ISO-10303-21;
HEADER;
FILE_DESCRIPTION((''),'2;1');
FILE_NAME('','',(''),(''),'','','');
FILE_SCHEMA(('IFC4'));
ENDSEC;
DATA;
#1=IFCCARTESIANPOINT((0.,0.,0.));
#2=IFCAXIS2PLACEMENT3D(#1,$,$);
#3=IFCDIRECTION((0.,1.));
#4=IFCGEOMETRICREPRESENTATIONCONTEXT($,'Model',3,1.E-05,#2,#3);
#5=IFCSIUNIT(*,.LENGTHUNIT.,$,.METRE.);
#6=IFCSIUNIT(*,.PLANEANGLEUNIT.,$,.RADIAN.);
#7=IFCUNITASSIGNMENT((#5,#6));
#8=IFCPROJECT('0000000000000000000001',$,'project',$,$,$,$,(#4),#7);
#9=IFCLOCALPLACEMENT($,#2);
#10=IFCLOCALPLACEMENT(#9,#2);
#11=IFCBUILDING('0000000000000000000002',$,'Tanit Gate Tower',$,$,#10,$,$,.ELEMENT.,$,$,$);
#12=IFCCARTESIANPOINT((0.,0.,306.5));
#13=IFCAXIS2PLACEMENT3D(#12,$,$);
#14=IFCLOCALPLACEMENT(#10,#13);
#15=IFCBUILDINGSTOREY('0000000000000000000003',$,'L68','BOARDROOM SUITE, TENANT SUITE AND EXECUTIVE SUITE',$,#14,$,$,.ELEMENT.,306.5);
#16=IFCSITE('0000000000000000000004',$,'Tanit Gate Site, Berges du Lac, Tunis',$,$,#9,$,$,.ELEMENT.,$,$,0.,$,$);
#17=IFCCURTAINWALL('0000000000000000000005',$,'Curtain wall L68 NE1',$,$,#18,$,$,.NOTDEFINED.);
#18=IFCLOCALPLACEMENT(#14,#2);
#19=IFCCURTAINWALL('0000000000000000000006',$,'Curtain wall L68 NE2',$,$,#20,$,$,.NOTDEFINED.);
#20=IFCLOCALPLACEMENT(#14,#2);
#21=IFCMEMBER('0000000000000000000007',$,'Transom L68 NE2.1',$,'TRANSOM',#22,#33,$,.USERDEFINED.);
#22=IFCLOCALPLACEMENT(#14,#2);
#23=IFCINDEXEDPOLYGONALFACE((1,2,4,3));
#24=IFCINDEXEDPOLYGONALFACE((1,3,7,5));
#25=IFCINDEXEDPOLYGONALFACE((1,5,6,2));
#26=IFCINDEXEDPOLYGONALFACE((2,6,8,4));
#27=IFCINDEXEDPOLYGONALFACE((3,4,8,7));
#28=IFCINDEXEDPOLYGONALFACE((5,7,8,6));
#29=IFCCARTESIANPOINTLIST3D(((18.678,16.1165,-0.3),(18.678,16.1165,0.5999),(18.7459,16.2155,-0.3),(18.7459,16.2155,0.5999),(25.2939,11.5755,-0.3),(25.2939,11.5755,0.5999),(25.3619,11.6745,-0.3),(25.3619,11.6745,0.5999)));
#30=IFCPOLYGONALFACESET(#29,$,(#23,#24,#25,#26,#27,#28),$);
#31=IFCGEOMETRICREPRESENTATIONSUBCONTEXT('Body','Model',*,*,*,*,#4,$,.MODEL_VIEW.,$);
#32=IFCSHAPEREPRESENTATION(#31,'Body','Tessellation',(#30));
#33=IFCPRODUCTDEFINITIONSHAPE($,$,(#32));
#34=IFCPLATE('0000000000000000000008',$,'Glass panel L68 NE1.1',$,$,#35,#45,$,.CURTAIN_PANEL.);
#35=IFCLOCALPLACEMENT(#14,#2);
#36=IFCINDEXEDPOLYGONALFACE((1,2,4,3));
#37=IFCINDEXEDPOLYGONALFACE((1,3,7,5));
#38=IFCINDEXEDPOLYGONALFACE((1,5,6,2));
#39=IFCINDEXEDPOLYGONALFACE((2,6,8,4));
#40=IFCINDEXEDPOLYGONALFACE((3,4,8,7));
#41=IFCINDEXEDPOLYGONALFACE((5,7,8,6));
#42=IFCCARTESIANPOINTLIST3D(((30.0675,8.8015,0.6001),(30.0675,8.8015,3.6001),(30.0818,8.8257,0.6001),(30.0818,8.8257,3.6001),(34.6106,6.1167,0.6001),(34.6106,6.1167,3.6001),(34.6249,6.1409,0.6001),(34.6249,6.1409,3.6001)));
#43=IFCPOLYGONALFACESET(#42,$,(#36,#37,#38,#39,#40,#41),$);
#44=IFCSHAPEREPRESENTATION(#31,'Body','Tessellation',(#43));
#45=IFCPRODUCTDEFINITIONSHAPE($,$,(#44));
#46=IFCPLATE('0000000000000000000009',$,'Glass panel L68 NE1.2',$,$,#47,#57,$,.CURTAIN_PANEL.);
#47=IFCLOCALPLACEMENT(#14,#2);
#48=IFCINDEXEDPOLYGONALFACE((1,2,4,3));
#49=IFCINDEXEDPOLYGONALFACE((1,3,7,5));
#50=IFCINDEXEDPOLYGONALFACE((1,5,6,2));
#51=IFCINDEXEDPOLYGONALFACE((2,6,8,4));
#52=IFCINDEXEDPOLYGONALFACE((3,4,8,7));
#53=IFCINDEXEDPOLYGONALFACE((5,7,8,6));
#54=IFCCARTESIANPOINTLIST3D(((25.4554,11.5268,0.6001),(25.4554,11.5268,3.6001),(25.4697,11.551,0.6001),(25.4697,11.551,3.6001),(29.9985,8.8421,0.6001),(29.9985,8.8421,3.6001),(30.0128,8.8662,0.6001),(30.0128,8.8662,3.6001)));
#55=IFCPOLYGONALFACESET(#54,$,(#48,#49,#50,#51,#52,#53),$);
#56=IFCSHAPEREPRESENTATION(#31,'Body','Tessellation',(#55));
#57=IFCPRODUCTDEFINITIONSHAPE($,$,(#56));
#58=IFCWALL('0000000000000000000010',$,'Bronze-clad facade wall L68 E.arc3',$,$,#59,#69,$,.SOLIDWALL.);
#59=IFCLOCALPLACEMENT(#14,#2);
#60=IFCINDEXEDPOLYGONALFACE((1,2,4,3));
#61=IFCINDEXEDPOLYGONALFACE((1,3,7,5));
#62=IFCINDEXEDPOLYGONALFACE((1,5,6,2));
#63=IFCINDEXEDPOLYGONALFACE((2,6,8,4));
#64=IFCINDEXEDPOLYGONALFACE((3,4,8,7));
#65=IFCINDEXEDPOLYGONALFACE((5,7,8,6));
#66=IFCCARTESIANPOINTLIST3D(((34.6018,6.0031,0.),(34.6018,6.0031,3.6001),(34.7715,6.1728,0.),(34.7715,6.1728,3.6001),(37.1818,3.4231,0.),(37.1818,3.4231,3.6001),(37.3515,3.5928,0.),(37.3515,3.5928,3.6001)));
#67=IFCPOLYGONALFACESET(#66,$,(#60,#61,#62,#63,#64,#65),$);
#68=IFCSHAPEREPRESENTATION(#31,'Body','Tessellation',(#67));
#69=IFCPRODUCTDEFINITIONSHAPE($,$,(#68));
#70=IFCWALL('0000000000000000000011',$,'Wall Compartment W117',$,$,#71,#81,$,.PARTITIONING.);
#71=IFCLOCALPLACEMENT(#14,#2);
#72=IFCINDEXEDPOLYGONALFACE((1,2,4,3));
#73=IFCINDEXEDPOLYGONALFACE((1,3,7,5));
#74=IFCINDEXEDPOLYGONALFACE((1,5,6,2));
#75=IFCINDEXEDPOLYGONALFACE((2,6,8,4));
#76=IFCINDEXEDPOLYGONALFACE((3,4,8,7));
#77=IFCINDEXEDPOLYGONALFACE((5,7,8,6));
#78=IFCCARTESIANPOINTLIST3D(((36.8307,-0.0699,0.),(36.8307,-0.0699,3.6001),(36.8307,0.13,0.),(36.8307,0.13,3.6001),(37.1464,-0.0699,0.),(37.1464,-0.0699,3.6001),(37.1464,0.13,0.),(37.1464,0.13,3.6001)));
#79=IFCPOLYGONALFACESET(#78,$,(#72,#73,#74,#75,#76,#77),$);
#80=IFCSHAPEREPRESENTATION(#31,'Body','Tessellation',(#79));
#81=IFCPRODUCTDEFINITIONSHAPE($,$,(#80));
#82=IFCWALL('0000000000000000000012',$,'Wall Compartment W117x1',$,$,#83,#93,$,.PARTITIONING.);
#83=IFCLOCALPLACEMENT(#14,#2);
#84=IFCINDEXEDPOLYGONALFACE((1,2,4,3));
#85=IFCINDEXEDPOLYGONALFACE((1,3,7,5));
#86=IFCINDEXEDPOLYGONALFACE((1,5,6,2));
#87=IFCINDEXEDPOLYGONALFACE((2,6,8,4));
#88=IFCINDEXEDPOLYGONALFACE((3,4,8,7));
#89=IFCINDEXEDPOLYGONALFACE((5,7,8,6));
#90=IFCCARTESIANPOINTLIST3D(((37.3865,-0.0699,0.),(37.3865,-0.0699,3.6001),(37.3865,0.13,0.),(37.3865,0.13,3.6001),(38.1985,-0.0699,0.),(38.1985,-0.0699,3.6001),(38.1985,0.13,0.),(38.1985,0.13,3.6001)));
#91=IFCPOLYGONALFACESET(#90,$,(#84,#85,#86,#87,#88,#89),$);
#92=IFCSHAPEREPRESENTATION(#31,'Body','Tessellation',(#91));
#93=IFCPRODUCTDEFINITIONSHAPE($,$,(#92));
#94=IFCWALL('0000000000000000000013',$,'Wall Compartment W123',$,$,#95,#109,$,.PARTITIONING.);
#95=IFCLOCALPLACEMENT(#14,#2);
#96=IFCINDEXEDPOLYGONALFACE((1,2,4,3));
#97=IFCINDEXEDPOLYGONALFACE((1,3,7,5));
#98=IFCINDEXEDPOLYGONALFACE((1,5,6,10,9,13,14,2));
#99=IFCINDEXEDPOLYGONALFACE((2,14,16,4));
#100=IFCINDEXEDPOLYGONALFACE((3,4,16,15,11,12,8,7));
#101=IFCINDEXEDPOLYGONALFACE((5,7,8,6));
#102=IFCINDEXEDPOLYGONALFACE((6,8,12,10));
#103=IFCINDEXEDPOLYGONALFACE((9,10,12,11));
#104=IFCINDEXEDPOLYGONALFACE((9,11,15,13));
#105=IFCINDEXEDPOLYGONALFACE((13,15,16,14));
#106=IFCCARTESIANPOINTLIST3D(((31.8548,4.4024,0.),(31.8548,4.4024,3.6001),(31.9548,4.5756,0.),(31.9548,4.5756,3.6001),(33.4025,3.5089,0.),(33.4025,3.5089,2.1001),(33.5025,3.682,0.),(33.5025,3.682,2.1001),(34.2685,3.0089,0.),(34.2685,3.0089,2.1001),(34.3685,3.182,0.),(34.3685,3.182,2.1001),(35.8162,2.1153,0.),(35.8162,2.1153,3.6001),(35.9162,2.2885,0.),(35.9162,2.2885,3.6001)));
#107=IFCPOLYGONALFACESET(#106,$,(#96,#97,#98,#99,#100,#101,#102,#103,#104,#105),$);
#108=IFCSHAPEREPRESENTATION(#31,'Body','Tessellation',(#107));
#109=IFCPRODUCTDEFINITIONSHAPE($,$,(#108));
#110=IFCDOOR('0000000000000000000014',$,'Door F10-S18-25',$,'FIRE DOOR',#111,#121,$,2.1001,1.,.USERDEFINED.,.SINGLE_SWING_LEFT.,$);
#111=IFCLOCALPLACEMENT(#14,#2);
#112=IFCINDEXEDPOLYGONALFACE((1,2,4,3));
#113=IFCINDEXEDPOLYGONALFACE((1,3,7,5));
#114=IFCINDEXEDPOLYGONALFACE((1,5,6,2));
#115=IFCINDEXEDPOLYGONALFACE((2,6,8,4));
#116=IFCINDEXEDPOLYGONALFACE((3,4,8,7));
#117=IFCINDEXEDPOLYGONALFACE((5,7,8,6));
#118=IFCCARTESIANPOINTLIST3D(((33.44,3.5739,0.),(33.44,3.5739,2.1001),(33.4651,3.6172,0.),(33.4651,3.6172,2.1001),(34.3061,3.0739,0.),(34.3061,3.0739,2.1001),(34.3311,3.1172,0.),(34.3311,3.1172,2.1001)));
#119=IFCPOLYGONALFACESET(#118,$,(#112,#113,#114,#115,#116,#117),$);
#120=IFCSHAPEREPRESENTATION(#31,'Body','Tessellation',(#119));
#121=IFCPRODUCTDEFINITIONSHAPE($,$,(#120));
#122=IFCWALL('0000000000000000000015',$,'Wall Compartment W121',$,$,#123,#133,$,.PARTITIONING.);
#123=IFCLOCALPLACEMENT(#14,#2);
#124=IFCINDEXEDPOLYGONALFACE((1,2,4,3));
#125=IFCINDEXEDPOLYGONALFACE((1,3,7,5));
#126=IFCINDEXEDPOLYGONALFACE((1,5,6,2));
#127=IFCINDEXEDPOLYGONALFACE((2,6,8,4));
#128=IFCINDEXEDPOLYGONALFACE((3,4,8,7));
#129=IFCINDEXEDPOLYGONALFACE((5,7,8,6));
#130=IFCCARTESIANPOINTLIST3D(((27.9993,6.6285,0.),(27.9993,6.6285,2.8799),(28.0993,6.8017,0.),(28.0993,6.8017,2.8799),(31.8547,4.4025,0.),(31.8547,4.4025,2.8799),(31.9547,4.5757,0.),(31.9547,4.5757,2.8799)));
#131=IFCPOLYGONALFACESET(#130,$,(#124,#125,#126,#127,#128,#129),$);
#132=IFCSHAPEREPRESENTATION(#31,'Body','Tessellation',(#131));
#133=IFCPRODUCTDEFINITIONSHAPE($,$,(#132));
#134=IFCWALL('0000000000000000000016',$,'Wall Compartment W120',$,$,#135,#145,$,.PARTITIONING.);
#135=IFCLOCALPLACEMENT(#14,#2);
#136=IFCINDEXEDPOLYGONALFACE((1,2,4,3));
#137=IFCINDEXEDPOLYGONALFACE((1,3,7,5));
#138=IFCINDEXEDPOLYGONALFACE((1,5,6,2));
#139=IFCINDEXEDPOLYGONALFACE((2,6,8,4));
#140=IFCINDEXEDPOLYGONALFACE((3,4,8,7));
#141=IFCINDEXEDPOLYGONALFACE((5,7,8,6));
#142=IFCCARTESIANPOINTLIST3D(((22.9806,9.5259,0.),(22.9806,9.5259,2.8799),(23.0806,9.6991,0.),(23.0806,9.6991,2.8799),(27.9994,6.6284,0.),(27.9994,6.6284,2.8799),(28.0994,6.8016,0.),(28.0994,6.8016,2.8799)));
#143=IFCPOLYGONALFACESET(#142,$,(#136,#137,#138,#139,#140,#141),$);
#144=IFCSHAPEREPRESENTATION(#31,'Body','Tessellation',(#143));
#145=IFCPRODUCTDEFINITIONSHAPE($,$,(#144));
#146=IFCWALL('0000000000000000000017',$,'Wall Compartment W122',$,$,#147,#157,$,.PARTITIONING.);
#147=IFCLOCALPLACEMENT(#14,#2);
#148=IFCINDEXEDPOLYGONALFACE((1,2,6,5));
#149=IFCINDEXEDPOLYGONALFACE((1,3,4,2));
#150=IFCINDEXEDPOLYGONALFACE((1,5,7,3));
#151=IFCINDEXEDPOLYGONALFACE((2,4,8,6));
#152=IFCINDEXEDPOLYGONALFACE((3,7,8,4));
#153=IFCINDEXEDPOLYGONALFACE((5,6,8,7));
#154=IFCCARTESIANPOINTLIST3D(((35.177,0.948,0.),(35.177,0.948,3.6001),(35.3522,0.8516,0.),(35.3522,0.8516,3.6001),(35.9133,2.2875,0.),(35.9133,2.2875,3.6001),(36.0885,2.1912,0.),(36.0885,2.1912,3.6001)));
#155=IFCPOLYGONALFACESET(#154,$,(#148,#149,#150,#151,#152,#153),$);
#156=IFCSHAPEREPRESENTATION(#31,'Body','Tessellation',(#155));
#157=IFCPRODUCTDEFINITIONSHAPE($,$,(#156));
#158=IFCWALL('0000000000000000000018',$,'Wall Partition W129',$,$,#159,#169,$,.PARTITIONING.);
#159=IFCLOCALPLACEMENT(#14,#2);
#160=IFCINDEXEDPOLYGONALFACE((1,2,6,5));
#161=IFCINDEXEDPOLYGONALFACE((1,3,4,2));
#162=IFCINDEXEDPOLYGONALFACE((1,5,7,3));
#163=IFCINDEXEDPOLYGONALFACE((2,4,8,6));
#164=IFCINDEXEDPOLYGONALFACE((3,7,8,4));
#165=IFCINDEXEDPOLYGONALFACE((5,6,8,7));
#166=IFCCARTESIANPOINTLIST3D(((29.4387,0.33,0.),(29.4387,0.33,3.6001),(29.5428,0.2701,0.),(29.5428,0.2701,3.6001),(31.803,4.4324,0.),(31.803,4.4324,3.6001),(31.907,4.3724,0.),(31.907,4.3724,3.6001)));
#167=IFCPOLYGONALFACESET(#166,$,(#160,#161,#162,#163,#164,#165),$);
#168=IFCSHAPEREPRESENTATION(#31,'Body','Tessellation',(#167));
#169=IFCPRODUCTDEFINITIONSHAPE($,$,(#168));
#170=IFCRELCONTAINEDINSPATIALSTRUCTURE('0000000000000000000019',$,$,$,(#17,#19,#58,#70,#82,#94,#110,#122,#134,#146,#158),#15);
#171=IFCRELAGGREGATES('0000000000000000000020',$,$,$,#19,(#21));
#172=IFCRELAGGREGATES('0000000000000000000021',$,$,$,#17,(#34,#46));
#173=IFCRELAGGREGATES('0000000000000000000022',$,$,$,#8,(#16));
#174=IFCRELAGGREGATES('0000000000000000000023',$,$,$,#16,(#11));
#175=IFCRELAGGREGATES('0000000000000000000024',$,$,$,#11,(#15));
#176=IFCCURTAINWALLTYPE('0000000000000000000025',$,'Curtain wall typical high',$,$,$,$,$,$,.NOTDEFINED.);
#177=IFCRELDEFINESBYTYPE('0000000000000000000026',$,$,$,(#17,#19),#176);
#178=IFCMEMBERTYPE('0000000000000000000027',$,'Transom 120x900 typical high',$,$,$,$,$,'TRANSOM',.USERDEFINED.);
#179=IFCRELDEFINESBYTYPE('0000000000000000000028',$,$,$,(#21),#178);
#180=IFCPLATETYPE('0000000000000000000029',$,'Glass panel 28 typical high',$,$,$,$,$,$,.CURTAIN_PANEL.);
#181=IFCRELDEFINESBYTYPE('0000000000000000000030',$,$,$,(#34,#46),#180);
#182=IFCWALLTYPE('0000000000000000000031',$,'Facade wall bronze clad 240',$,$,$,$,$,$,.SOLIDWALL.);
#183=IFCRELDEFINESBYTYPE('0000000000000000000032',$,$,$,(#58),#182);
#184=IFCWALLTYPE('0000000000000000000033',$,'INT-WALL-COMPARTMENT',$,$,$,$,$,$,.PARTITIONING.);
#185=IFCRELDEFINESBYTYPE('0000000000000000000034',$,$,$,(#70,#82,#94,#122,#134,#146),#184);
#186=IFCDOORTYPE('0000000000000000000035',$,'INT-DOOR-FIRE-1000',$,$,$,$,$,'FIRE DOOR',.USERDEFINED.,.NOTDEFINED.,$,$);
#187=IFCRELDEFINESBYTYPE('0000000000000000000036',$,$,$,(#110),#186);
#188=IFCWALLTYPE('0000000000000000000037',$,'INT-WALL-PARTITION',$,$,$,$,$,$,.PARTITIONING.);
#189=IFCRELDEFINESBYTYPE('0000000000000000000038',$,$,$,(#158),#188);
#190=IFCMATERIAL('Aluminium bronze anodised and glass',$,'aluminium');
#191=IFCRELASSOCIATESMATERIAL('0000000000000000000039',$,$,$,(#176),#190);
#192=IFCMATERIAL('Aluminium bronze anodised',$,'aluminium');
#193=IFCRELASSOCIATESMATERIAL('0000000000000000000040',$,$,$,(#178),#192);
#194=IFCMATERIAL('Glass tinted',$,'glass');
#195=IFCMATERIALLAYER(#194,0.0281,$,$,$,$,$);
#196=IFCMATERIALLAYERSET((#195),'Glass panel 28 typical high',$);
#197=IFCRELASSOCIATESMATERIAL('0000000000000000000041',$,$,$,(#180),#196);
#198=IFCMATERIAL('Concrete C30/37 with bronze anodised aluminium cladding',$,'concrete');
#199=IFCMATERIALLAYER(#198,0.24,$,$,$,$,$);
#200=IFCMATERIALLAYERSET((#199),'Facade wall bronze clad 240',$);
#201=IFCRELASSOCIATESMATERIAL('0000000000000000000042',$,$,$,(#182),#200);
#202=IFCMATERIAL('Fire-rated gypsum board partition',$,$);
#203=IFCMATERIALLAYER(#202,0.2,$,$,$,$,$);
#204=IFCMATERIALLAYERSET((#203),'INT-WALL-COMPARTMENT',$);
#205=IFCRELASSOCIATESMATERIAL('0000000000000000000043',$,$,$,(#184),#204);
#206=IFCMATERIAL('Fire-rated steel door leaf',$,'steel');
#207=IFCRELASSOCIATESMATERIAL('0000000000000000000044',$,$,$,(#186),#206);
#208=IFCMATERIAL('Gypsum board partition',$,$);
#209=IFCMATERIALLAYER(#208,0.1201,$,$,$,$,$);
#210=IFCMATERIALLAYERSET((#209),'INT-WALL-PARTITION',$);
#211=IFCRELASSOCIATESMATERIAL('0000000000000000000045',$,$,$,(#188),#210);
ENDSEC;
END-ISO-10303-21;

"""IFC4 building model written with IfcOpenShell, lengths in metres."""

from ifc_helpers import new_model, si_unit, direction, frame, frame_2d, origin, origin_2d, place, context, subcontext, project, spatial, rectangle, extrude, material, layer, layer_set, material_profile, profile_set, type_object, element, fill, aggregate, save


model = new_model("IFC4")

# Units and contexts
model_context = context("Model", 3, precision=1e-05, world=origin(), true_north=direction((0.0, 1.0)))
body_context = subcontext(model_context, "Body", "Model", "MODEL_VIEW")
ifc_project = project(units=[si_unit("LENGTHUNIT", "METRE"), si_unit("PLANEANGLEUNIT", "RADIAN")], contexts=[model_context])

# Site, building, storey
site_placement = place(None, origin())
site = spatial("IfcSite", under=ifc_project, at=site_placement, Name="Tanit Gate Site, Berges du Lac, Tunis", CompositionType="ELEMENT", RefElevation=0.0)
building_placement = place(site_placement, origin())
building = spatial("IfcBuilding", under=site, at=building_placement, Name="Tanit Gate Tower", CompositionType="ELEMENT")
storey_placement = place(building_placement, frame((0.0, 0.0, 306.5)))
storey = spatial("IfcBuildingStorey", under=building, at=storey_placement, Name="L68", Description="BOARDROOM SUITE, TENANT SUITE AND EXECUTIVE SUITE", CompositionType="ELEMENT", Elevation=306.5)

# Curtain wall
ifc_material_1 = material(Name="Aluminium bronze anodised and glass", Category="aluminium")
curtain_wall_type = type_object("IfcCurtainWallType", Name="Curtain wall typical high", PredefinedType="NOTDEFINED", material=ifc_material_1)
curtain_wall_1_placement = place(storey_placement, origin())
curtain_wall_1 = element("IfcCurtainWall", 1, at=curtain_wall_1_placement, inside=storey, type_object=curtain_wall_type, Name="Curtain wall L68 NE1", PredefinedType="NOTDEFINED")

# Shared definitions
ifc_material_2 = material(Name="Aluminium bronze anodised", Category="aluminium")
ifc_material_profile_1 = material_profile(ifc_material_2, rectangle(XDim=0.1201, YDim=0.8999, at=origin_2d()), Name="120x900 bronze transom")
ifc_profile_set_1 = profile_set([ifc_material_profile_1], Name="Aluminium bronze anodised")
member_type_1 = type_object("IfcMemberType", Name="Transom 120x900 typical high", ElementType="TRANSOM", PredefinedType="USERDEFINED", material=ifc_profile_set_1)

# Curtain wall, member
curtain_wall_2_placement = place(storey_placement, origin())
curtain_wall_2 = element("IfcCurtainWall", 2, at=curtain_wall_2_placement, inside=storey, type_object=curtain_wall_type, Name="Curtain wall L68 NE2", PredefinedType="NOTDEFINED")
member_1_placement = place(storey_placement, frame((25.3279, 11.625, 0.1499), z_axis=(-0.824476, 0.565897, 0.0), x_axis=(-0.565897, -0.824476, 0.0)))
member_1 = element("IfcMember", 3, at=member_1_placement, type_object=member_type_1, Name="Transom L68 NE2.1", ObjectType="TRANSOM", PredefinedType="USERDEFINED", context=body_context, shape_type="SweptSolid", body=[
    extrude(rectangle(XDim=0.1201, YDim=0.8999, at=origin_2d()), origin(), (0.0, 0.0, 1.0), 8.0244),
])
aggregate(curtain_wall_2, [member_1])

# Plates
ifc_material_3 = material(Name="Glass tinted", Category="glass")
ifc_layer_1 = layer(ifc_material_3, 0.0281)
ifc_layer_set_1 = layer_set([ifc_layer_1], Name="Glass panel 28 typical high")
plate_type = type_object("IfcPlateType", Name="Glass panel 28 typical high", PredefinedType="CURTAIN_PANEL", material=ifc_layer_set_1)
plate_1_placement = place(storey_placement, frame((32.3462, 7.4712, 0.6001), z_axis=(0.0, 0.0, 1.0), x_axis=(-0.860908, 0.508761, 0.0)))
plate_1 = element("IfcPlate", 4, at=plate_1_placement, type_object=plate_type, Name="Glass panel L68 NE1.1", PredefinedType="CURTAIN_PANEL", context=body_context, shape_type="SweptSolid", body=[
    extrude(rectangle(XDim=5.2771, YDim=0.0281, at=origin_2d()), origin(), (0.0, 0.0, 1.0), 3.0),
])
plate_2_placement = place(storey_placement, frame((27.7341, 10.1965, 0.6001), z_axis=(0.0, 0.0, 1.0), x_axis=(-0.860908, 0.508761, 0.0)))
plate_2 = element("IfcPlate", 5, at=plate_2_placement, type_object=plate_type, Name="Glass panel L68 NE1.2", PredefinedType="CURTAIN_PANEL", context=body_context, shape_type="SweptSolid", body=[
    extrude(rectangle(XDim=5.2771, YDim=0.0281, at=origin_2d()), origin(), (0.0, 0.0, 1.0), 3.0),
])
aggregate(curtain_wall_1, [plate_1, plate_2])

# Walls
ifc_material_4 = material(Name="Concrete C30/37 with bronze anodised aluminium cladding", Category="concrete")
ifc_layer_2 = layer(ifc_material_4, 0.24)
ifc_layer_set_2 = layer_set([ifc_layer_2], Name="Facade wall bronze clad 240")
wall_type_1 = type_object("IfcWallType", Name="Facade wall bronze clad 240", PredefinedType="SOLIDWALL", material=ifc_layer_set_2)
wall_1_placement = place(storey_placement, frame((37.2666, 3.5081, 0.0), z_axis=(0.0, 0.0, 1.0), x_axis=(-0.707107, 0.707107, 0.0)))
element("IfcWall", 6, at=wall_1_placement, inside=storey, type_object=wall_type_1, Name="Bronze-clad facade wall L68 E.arc3", PredefinedType="SOLIDWALL", context=body_context, shape_type="SweptSolid", body=[
    extrude(rectangle(XDim=3.6487, YDim=0.24, at=frame_2d((1.8242, 0.0))), origin(), (0.0, 0.0, 1.0), 3.6001),
])
ifc_material_5 = material(Name="Fire-rated gypsum board partition")
ifc_layer_3 = layer(ifc_material_5, 0.2)
ifc_layer_set_3 = layer_set([ifc_layer_3], Name="INT-WALL-COMPARTMENT")
wall_type_2 = type_object("IfcWallType", Name="INT-WALL-COMPARTMENT", PredefinedType="PARTITIONING", material=ifc_layer_set_3)
wall_2_placement = place(storey_placement, frame((36.8308, 0.03, 0.0), z_axis=(0.0, 0.0, 1.0), x_axis=(1.0, 0.0, 0.0)))
element("IfcWall", 7, at=wall_2_placement, inside=storey, type_object=wall_type_2, Name="Wall Compartment W117", PredefinedType="PARTITIONING", context=body_context, shape_type="SweptSolid", body=[
    extrude(rectangle(XDim=0.3157, YDim=0.2, at=frame_2d((0.1577, 0.0))), origin(), (0.0, 0.0, 1.0), 3.6001),
])
wall_3_placement = place(storey_placement, frame((37.3865, 0.03, 0.0), z_axis=(0.0, 0.0, 1.0), x_axis=(1.0, 0.0, 0.0)))
element("IfcWall", 8, at=wall_3_placement, inside=storey, type_object=wall_type_2, Name="Wall Compartment W117x1", PredefinedType="PARTITIONING", context=body_context, shape_type="SweptSolid", body=[
    extrude(rectangle(XDim=0.812, YDim=0.2, at=frame_2d((0.406, 0.0))), origin(), (0.0, 0.0, 1.0), 3.6001),
])

# Wall, opening, door
wall_4_placement = place(storey_placement, frame((35.8662, 2.2019, 0.0), z_axis=(0.0, 0.0, 1.0), x_axis=(-0.866027, 0.499997, 0.0)))
wall_4 = element("IfcWall", 9, at=wall_4_placement, inside=storey, type_object=wall_type_2, Name="Wall Compartment W123", PredefinedType="PARTITIONING", context=body_context, shape_type="SweptSolid", body=[
    extrude(rectangle(XDim=4.5742, YDim=0.2, at=frame_2d((2.2871, 0.0))), origin(), (0.0, 0.0, 1.0), 3.6001),
])
opening_placement = place(wall_4_placement, frame((1.7871, 0.0, 0.0)))
opening = element("IfcOpeningElement", 10, at=opening_placement, cuts=wall_4, PredefinedType="OPENING", context=body_context, shape_type="SweptSolid", body=[
    extrude(rectangle(XDim=1.0, YDim=2.1001, at=frame_2d((0.5, 1.05))), frame((0.0, 0.1099, 0.0), z_axis=(0.0, -1.0, 0.0), x_axis=(1.0, 0.0, 0.0)), (0.0, 0.0, 1.0), 0.22),
])
ifc_material_6 = material(Name="Fire-rated steel door leaf", Category="steel")
door_type = type_object("IfcDoorType", Name="INT-DOOR-FIRE-1000", ElementType="FIRE DOOR", OperationType="NOTDEFINED", PredefinedType="USERDEFINED", material=ifc_material_6)
door_placement = place(opening_placement, origin())
door = element("IfcDoor", 11, at=door_placement, inside=storey, type_object=door_type, Name="Door F10-S18-25", ObjectType="FIRE DOOR", OperationType="SINGLE_SWING_LEFT", OverallHeight=2.1001, OverallWidth=1.0, PredefinedType="USERDEFINED", context=body_context, shape_type="SweptSolid", body=[
    extrude(rectangle(XDim=1.0, YDim=2.1001, at=frame_2d((0.5, 1.05))), frame((0.0, 0.0249, 0.0), z_axis=(0.0, -1.0, 0.0), x_axis=(1.0, 0.0, 0.0)), (0.0, 0.0, 1.0), 0.05),
])
fill(opening, door)

# Walls
wall_5_placement = place(storey_placement, frame((31.9048, 4.489, 0.0), z_axis=(0.0, 0.0, 1.0), x_axis=(-0.866014, 0.50002, 0.0)))
element("IfcWall", 12, at=wall_5_placement, inside=storey, type_object=wall_type_2, Name="Wall Compartment W121", PredefinedType="PARTITIONING", context=body_context, shape_type="SweptSolid", body=[
    extrude(rectangle(XDim=4.4519, YDim=0.2, at=frame_2d((2.2261, 0.0))), origin(), (0.0, 0.0, 1.0), 2.8799),
])
wall_6_placement = place(storey_placement, frame((28.0493, 6.7151, 0.0), z_axis=(0.0, 0.0, 1.0), x_axis=(-0.866036, 0.499981, 0.0)))
element("IfcWall", 13, at=wall_6_placement, inside=storey, type_object=wall_type_2, Name="Wall Compartment W120", PredefinedType="PARTITIONING", context=body_context, shape_type="SweptSolid", body=[
    extrude(rectangle(XDim=5.7952, YDim=0.2, at=frame_2d((2.8975, 0.0))), origin(), (0.0, 0.0, 1.0), 2.8799),
])
wall_7_placement = place(storey_placement, frame((35.2646, 0.8999, 0.0), z_axis=(0.0, 0.0, 1.0), x_axis=(0.481692, 0.876341, 0.0)))
element("IfcWall", 14, at=wall_7_placement, inside=storey, type_object=wall_type_2, Name="Wall Compartment W122", PredefinedType="PARTITIONING", context=body_context, shape_type="SweptSolid", body=[
    extrude(rectangle(XDim=1.5286, YDim=0.2, at=frame_2d((0.7642, 0.0))), origin(), (0.0, 0.0, 1.0), 3.6001),
])
ifc_material_7 = material(Name="Gypsum board partition")
ifc_layer_4 = layer(ifc_material_7, 0.1201)
ifc_layer_set_4 = layer_set([ifc_layer_4], Name="INT-WALL-PARTITION")
wall_type_3 = type_object("IfcWallType", Name="INT-WALL-PARTITION", PredefinedType="PARTITIONING", material=ifc_layer_set_4)
wall_8_placement = place(storey_placement, frame((29.4907, 0.3, 0.0), z_axis=(0.0, 0.0, 1.0), x_axis=(0.499334, 0.86641, 0.0)))
element("IfcWall", 15, at=wall_8_placement, inside=storey, type_object=wall_type_3, Name="Wall Partition W129", PredefinedType="PARTITIONING", context=body_context, shape_type="SweptSolid", body=[
    extrude(rectangle(XDim=4.7349, YDim=0.1201, at=frame_2d((2.3674, 0.0))), origin(), (0.0, 0.0, 1.0), 3.6001),
])

save(model, "model.ifc")
